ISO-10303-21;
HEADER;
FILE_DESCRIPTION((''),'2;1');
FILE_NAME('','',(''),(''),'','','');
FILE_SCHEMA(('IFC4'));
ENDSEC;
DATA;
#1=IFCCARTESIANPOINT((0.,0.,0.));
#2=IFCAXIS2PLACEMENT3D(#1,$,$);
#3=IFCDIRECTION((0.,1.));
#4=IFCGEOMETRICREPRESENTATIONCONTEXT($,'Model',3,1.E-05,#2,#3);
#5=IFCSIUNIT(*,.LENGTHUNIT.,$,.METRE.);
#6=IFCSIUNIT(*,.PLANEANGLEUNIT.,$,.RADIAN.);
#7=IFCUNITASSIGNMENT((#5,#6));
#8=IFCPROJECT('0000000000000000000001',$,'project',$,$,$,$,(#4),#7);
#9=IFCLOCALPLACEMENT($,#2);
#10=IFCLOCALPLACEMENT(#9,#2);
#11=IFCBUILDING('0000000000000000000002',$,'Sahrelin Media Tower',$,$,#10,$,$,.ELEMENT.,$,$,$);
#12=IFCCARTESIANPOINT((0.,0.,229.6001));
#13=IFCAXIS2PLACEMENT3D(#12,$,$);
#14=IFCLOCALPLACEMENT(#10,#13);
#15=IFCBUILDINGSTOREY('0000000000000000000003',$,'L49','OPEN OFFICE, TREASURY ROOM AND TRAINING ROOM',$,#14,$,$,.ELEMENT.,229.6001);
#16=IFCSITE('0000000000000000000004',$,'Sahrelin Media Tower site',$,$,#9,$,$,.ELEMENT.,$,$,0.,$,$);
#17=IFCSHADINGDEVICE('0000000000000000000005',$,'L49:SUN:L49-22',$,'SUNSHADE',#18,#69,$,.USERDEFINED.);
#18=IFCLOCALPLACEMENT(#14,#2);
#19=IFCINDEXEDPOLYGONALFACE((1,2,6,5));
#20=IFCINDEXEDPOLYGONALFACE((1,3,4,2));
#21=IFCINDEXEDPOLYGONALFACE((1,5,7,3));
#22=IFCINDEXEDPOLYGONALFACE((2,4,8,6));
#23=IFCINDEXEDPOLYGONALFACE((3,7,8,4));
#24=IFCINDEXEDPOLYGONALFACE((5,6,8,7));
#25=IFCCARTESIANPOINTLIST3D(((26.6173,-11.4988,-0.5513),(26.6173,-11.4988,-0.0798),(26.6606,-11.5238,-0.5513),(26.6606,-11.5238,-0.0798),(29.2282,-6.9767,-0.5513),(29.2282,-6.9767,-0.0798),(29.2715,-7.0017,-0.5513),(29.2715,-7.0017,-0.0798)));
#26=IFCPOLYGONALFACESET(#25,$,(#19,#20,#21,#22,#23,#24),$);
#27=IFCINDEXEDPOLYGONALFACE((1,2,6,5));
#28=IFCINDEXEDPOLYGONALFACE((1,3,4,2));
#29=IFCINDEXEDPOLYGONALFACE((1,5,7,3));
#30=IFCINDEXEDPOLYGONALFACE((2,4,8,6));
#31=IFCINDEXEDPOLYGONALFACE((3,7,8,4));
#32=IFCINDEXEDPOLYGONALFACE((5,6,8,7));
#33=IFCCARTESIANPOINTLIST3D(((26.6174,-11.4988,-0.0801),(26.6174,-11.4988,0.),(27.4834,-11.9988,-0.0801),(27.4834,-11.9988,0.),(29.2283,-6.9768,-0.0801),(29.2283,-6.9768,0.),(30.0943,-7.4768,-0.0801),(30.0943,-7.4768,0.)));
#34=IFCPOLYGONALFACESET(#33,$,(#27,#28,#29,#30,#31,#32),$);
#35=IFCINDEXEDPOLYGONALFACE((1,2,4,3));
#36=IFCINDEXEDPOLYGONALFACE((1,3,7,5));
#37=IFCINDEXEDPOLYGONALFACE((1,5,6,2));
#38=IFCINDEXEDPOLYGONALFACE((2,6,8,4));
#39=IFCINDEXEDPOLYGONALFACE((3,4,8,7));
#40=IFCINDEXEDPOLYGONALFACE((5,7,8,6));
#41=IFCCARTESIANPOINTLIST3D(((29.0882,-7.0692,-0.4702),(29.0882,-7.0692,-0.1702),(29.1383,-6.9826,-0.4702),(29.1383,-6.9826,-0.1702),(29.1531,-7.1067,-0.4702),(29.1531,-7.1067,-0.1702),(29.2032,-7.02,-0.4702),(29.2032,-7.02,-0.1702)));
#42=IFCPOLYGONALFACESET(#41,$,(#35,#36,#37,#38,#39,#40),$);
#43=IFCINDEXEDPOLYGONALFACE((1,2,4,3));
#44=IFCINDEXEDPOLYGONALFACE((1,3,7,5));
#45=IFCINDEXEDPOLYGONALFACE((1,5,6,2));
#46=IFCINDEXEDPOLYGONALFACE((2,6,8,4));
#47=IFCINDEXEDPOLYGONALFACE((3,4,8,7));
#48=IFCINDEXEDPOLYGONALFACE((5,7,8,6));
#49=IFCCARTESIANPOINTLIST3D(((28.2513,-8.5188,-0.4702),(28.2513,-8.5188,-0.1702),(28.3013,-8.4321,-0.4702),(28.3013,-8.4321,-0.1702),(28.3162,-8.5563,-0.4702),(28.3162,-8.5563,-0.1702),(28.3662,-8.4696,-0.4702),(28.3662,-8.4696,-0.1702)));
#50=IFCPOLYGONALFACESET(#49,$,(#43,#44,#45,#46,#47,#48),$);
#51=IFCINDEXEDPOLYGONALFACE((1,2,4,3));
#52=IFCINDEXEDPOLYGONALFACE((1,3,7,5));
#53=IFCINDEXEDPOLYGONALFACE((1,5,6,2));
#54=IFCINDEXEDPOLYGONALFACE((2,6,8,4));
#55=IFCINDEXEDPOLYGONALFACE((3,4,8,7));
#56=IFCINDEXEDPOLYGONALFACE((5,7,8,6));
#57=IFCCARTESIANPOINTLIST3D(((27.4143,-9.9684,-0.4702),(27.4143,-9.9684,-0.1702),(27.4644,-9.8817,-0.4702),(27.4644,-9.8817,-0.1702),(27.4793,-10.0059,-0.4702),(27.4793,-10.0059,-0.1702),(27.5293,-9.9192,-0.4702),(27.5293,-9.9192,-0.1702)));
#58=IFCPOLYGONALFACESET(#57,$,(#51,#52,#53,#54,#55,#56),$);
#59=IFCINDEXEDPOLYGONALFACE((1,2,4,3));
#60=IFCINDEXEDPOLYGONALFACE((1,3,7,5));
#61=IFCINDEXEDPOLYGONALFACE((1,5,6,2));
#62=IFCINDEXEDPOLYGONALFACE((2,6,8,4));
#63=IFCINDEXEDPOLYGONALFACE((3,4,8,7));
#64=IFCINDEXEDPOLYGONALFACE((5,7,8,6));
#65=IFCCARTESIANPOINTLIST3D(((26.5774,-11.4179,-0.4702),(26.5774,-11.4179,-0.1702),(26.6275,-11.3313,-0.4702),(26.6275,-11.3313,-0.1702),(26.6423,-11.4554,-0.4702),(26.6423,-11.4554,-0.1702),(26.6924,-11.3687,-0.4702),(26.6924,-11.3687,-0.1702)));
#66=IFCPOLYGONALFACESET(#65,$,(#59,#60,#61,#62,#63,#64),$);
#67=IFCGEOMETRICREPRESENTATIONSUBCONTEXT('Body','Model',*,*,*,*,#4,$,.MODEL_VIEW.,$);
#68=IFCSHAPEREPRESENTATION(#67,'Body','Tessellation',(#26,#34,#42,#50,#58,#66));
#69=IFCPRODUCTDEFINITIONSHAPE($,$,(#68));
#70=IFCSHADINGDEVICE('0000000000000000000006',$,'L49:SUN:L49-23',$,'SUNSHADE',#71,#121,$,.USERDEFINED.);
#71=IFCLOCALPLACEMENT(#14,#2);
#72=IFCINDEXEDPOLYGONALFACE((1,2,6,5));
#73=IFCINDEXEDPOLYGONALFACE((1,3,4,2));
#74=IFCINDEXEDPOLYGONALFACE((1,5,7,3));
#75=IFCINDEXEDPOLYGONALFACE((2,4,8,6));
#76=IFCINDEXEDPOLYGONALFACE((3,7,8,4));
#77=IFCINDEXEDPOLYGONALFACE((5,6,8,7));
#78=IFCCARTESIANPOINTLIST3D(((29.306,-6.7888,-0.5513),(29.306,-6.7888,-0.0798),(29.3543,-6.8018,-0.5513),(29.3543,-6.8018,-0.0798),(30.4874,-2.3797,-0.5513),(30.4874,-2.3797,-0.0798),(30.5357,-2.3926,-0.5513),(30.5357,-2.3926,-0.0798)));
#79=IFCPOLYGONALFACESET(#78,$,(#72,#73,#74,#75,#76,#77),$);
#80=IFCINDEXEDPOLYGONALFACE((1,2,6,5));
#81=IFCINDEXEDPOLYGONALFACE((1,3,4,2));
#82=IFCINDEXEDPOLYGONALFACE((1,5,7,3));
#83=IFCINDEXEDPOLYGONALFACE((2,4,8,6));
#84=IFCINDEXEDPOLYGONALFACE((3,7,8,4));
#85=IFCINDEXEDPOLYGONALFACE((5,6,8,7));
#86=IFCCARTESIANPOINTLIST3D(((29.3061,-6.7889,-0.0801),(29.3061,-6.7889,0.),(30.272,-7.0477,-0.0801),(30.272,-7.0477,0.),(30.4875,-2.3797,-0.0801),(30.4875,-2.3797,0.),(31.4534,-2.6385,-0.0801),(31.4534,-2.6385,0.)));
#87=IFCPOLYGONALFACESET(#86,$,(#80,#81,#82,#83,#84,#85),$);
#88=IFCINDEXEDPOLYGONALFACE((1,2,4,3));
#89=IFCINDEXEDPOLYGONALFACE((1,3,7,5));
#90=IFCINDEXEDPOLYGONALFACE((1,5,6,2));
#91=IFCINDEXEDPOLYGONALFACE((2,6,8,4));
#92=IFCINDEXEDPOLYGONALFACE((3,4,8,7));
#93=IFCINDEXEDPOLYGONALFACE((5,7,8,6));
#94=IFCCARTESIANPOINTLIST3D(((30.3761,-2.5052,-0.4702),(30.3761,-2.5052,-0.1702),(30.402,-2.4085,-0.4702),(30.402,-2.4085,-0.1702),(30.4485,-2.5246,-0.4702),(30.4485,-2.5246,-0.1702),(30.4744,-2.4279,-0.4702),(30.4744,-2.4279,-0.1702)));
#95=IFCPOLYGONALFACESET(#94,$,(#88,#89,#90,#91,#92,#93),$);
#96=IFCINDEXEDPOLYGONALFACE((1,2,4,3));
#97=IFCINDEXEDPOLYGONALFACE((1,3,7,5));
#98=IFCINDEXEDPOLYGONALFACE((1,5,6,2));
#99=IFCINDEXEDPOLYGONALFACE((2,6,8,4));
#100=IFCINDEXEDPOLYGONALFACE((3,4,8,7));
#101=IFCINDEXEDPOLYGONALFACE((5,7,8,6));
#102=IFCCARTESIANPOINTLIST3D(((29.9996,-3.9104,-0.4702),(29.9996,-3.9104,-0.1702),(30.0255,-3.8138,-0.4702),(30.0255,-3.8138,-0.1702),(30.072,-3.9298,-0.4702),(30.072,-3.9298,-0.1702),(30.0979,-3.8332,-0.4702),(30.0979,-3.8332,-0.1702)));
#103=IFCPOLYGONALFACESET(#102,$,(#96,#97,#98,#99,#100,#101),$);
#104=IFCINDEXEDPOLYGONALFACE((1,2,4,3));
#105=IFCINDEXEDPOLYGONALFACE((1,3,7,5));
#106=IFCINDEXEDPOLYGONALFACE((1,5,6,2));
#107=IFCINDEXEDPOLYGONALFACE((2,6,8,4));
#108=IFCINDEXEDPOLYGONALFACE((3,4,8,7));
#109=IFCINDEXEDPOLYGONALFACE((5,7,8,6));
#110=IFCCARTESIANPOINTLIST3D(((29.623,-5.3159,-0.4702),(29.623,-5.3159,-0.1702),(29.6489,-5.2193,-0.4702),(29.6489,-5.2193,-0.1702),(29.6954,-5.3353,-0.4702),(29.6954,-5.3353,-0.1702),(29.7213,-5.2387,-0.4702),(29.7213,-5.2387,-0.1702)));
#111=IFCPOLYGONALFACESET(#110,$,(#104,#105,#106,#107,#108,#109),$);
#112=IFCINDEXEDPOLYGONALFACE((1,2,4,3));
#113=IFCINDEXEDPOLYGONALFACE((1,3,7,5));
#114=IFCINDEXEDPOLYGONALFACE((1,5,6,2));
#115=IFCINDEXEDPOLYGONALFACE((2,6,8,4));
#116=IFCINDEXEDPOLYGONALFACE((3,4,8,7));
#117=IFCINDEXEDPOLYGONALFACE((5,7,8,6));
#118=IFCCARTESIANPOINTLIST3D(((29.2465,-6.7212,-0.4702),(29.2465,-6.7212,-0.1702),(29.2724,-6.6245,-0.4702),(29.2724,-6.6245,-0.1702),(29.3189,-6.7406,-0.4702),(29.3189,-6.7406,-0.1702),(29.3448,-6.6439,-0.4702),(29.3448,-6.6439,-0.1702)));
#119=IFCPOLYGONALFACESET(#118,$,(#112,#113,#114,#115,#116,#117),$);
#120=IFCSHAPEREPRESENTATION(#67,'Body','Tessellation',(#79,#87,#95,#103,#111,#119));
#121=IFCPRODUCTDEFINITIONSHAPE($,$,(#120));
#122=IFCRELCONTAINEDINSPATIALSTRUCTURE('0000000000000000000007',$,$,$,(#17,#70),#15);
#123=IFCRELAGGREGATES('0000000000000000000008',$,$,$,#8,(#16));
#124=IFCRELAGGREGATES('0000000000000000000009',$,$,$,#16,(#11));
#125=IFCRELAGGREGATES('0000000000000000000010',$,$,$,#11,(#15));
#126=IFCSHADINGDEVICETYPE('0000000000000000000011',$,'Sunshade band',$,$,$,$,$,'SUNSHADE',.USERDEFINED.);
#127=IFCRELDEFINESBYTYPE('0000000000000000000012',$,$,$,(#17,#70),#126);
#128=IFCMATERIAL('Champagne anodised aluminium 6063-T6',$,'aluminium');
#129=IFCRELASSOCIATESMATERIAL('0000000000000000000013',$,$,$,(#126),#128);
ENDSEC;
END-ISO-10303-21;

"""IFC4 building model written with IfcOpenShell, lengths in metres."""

from ifc_helpers import new_model, si_unit, direction, frame, origin, origin_2d, place, context, subcontext, project, spatial, rectangle, extrude, material, type_object, element, save


model = new_model("IFC4")

# Units and contexts
model_context = context("Model", 3, precision=1e-05, world=origin(), true_north=direction((0.0, 1.0)))
body_context = subcontext(model_context, "Body", "Model", "MODEL_VIEW")
ifc_project = project(units=[si_unit("LENGTHUNIT", "METRE"), si_unit("PLANEANGLEUNIT", "RADIAN")], contexts=[model_context])

# Site, building, storey
site_placement = place(None, origin())
site = spatial("IfcSite", under=ifc_project, at=site_placement, Name="Sahrelin Media Tower site", CompositionType="ELEMENT", RefElevation=0.0)
building_placement = place(site_placement, origin())
building = spatial("IfcBuilding", under=site, at=building_placement, Name="Sahrelin Media Tower", CompositionType="ELEMENT")
storey_placement = place(building_placement, frame((0.0, 0.0, 229.6001)))
storey = spatial("IfcBuildingStorey", under=building, at=storey_placement, Name="L49", Description="OPEN OFFICE, TREASURY ROOM AND TRAINING ROOM", CompositionType="ELEMENT", Elevation=229.6001)

# Shared definitions
ifc_material_1 = material(Name="Champagne anodised aluminium 6063-T6", Category="aluminium")

# Shading devices
placement_1 = place(storey_placement, frame((27.9055, -9.2278, 0.0), z_axis=(0.0, 0.0, 1.0), x_axis=(-0.500011, -0.866019, 0.0)))
placement_2 = place(storey_placement, frame((29.8774, -4.5791, 0.0), z_axis=(0.0, 0.0, 1.0), x_axis=(-0.258808, -0.965929, 0.0)))
shading_device_type_1 = type_object("IfcShadingDeviceType", Name="Sunshade band", ElementType="SUNSHADE", PredefinedType="USERDEFINED", material=ifc_material_1)
element("IfcShadingDevice", 1, at=placement_1, inside=storey, type_object=shading_device_type_1, Name="L49:SUN:L49-22", ObjectType="SUNSHADE", PredefinedType="USERDEFINED", context=body_context, shape_type="SweptSolid", body=[
    extrude(rectangle(XDim=5.2217, YDim=0.05, at=origin_2d()), frame((0.0, 0.0449, -0.5513)), (0.0, 0.0, 1.0), 0.4714),
    extrude(rectangle(XDim=5.2217, YDim=1.0, at=origin_2d()), frame((0.0, 0.52, -0.0801)), (0.0, 0.0, 1.0), 0.0801),
    extrude(rectangle(XDim=0.1001, YDim=0.075, at=origin_2d()), frame((-2.5107, -0.0176, -0.4702)), (0.0, 0.0, 1.0), 0.3),
    extrude(rectangle(XDim=0.1001, YDim=0.075, at=origin_2d()), frame((-0.8369, -0.0176, -0.4702)), (0.0, 0.0, 1.0), 0.3),
    extrude(rectangle(XDim=0.1001, YDim=0.075, at=origin_2d()), frame((0.8369, -0.0176, -0.4702)), (0.0, 0.0, 1.0), 0.3),
    extrude(rectangle(XDim=0.1001, YDim=0.075, at=origin_2d()), frame((2.5107, -0.0176, -0.4702)), (0.0, 0.0, 1.0), 0.3),
])
element("IfcShadingDevice", 2, at=placement_2, inside=storey, type_object=shading_device_type_1, Name="L49:SUN:L49-23", ObjectType="SUNSHADE", PredefinedType="USERDEFINED", context=body_context, shape_type="SweptSolid", body=[
    extrude(rectangle(XDim=4.5647, YDim=0.05, at=origin_2d()), frame((0.0, 0.0449, -0.5513)), (0.0, 0.0, 1.0), 0.4714),
    extrude(rectangle(XDim=4.5647, YDim=1.0, at=origin_2d()), frame((0.0, 0.52, -0.0801)), (0.0, 0.0, 1.0), 0.0801),
    extrude(rectangle(XDim=0.1001, YDim=0.075, at=origin_2d()), frame((-2.1824, -0.0176, -0.4702)), (0.0, 0.0, 1.0), 0.3),
    extrude(rectangle(XDim=0.1001, YDim=0.075, at=origin_2d()), frame((-0.7275, -0.0176, -0.4702)), (0.0, 0.0, 1.0), 0.3),
    extrude(rectangle(XDim=0.1001, YDim=0.075, at=origin_2d()), frame((0.7275, -0.0176, -0.4702)), (0.0, 0.0, 1.0), 0.3),
    extrude(rectangle(XDim=0.1001, YDim=0.075, at=origin_2d()), frame((2.1824, -0.0176, -0.4702)), (0.0, 0.0, 1.0), 0.3),
])

save(model, "model.ifc")
